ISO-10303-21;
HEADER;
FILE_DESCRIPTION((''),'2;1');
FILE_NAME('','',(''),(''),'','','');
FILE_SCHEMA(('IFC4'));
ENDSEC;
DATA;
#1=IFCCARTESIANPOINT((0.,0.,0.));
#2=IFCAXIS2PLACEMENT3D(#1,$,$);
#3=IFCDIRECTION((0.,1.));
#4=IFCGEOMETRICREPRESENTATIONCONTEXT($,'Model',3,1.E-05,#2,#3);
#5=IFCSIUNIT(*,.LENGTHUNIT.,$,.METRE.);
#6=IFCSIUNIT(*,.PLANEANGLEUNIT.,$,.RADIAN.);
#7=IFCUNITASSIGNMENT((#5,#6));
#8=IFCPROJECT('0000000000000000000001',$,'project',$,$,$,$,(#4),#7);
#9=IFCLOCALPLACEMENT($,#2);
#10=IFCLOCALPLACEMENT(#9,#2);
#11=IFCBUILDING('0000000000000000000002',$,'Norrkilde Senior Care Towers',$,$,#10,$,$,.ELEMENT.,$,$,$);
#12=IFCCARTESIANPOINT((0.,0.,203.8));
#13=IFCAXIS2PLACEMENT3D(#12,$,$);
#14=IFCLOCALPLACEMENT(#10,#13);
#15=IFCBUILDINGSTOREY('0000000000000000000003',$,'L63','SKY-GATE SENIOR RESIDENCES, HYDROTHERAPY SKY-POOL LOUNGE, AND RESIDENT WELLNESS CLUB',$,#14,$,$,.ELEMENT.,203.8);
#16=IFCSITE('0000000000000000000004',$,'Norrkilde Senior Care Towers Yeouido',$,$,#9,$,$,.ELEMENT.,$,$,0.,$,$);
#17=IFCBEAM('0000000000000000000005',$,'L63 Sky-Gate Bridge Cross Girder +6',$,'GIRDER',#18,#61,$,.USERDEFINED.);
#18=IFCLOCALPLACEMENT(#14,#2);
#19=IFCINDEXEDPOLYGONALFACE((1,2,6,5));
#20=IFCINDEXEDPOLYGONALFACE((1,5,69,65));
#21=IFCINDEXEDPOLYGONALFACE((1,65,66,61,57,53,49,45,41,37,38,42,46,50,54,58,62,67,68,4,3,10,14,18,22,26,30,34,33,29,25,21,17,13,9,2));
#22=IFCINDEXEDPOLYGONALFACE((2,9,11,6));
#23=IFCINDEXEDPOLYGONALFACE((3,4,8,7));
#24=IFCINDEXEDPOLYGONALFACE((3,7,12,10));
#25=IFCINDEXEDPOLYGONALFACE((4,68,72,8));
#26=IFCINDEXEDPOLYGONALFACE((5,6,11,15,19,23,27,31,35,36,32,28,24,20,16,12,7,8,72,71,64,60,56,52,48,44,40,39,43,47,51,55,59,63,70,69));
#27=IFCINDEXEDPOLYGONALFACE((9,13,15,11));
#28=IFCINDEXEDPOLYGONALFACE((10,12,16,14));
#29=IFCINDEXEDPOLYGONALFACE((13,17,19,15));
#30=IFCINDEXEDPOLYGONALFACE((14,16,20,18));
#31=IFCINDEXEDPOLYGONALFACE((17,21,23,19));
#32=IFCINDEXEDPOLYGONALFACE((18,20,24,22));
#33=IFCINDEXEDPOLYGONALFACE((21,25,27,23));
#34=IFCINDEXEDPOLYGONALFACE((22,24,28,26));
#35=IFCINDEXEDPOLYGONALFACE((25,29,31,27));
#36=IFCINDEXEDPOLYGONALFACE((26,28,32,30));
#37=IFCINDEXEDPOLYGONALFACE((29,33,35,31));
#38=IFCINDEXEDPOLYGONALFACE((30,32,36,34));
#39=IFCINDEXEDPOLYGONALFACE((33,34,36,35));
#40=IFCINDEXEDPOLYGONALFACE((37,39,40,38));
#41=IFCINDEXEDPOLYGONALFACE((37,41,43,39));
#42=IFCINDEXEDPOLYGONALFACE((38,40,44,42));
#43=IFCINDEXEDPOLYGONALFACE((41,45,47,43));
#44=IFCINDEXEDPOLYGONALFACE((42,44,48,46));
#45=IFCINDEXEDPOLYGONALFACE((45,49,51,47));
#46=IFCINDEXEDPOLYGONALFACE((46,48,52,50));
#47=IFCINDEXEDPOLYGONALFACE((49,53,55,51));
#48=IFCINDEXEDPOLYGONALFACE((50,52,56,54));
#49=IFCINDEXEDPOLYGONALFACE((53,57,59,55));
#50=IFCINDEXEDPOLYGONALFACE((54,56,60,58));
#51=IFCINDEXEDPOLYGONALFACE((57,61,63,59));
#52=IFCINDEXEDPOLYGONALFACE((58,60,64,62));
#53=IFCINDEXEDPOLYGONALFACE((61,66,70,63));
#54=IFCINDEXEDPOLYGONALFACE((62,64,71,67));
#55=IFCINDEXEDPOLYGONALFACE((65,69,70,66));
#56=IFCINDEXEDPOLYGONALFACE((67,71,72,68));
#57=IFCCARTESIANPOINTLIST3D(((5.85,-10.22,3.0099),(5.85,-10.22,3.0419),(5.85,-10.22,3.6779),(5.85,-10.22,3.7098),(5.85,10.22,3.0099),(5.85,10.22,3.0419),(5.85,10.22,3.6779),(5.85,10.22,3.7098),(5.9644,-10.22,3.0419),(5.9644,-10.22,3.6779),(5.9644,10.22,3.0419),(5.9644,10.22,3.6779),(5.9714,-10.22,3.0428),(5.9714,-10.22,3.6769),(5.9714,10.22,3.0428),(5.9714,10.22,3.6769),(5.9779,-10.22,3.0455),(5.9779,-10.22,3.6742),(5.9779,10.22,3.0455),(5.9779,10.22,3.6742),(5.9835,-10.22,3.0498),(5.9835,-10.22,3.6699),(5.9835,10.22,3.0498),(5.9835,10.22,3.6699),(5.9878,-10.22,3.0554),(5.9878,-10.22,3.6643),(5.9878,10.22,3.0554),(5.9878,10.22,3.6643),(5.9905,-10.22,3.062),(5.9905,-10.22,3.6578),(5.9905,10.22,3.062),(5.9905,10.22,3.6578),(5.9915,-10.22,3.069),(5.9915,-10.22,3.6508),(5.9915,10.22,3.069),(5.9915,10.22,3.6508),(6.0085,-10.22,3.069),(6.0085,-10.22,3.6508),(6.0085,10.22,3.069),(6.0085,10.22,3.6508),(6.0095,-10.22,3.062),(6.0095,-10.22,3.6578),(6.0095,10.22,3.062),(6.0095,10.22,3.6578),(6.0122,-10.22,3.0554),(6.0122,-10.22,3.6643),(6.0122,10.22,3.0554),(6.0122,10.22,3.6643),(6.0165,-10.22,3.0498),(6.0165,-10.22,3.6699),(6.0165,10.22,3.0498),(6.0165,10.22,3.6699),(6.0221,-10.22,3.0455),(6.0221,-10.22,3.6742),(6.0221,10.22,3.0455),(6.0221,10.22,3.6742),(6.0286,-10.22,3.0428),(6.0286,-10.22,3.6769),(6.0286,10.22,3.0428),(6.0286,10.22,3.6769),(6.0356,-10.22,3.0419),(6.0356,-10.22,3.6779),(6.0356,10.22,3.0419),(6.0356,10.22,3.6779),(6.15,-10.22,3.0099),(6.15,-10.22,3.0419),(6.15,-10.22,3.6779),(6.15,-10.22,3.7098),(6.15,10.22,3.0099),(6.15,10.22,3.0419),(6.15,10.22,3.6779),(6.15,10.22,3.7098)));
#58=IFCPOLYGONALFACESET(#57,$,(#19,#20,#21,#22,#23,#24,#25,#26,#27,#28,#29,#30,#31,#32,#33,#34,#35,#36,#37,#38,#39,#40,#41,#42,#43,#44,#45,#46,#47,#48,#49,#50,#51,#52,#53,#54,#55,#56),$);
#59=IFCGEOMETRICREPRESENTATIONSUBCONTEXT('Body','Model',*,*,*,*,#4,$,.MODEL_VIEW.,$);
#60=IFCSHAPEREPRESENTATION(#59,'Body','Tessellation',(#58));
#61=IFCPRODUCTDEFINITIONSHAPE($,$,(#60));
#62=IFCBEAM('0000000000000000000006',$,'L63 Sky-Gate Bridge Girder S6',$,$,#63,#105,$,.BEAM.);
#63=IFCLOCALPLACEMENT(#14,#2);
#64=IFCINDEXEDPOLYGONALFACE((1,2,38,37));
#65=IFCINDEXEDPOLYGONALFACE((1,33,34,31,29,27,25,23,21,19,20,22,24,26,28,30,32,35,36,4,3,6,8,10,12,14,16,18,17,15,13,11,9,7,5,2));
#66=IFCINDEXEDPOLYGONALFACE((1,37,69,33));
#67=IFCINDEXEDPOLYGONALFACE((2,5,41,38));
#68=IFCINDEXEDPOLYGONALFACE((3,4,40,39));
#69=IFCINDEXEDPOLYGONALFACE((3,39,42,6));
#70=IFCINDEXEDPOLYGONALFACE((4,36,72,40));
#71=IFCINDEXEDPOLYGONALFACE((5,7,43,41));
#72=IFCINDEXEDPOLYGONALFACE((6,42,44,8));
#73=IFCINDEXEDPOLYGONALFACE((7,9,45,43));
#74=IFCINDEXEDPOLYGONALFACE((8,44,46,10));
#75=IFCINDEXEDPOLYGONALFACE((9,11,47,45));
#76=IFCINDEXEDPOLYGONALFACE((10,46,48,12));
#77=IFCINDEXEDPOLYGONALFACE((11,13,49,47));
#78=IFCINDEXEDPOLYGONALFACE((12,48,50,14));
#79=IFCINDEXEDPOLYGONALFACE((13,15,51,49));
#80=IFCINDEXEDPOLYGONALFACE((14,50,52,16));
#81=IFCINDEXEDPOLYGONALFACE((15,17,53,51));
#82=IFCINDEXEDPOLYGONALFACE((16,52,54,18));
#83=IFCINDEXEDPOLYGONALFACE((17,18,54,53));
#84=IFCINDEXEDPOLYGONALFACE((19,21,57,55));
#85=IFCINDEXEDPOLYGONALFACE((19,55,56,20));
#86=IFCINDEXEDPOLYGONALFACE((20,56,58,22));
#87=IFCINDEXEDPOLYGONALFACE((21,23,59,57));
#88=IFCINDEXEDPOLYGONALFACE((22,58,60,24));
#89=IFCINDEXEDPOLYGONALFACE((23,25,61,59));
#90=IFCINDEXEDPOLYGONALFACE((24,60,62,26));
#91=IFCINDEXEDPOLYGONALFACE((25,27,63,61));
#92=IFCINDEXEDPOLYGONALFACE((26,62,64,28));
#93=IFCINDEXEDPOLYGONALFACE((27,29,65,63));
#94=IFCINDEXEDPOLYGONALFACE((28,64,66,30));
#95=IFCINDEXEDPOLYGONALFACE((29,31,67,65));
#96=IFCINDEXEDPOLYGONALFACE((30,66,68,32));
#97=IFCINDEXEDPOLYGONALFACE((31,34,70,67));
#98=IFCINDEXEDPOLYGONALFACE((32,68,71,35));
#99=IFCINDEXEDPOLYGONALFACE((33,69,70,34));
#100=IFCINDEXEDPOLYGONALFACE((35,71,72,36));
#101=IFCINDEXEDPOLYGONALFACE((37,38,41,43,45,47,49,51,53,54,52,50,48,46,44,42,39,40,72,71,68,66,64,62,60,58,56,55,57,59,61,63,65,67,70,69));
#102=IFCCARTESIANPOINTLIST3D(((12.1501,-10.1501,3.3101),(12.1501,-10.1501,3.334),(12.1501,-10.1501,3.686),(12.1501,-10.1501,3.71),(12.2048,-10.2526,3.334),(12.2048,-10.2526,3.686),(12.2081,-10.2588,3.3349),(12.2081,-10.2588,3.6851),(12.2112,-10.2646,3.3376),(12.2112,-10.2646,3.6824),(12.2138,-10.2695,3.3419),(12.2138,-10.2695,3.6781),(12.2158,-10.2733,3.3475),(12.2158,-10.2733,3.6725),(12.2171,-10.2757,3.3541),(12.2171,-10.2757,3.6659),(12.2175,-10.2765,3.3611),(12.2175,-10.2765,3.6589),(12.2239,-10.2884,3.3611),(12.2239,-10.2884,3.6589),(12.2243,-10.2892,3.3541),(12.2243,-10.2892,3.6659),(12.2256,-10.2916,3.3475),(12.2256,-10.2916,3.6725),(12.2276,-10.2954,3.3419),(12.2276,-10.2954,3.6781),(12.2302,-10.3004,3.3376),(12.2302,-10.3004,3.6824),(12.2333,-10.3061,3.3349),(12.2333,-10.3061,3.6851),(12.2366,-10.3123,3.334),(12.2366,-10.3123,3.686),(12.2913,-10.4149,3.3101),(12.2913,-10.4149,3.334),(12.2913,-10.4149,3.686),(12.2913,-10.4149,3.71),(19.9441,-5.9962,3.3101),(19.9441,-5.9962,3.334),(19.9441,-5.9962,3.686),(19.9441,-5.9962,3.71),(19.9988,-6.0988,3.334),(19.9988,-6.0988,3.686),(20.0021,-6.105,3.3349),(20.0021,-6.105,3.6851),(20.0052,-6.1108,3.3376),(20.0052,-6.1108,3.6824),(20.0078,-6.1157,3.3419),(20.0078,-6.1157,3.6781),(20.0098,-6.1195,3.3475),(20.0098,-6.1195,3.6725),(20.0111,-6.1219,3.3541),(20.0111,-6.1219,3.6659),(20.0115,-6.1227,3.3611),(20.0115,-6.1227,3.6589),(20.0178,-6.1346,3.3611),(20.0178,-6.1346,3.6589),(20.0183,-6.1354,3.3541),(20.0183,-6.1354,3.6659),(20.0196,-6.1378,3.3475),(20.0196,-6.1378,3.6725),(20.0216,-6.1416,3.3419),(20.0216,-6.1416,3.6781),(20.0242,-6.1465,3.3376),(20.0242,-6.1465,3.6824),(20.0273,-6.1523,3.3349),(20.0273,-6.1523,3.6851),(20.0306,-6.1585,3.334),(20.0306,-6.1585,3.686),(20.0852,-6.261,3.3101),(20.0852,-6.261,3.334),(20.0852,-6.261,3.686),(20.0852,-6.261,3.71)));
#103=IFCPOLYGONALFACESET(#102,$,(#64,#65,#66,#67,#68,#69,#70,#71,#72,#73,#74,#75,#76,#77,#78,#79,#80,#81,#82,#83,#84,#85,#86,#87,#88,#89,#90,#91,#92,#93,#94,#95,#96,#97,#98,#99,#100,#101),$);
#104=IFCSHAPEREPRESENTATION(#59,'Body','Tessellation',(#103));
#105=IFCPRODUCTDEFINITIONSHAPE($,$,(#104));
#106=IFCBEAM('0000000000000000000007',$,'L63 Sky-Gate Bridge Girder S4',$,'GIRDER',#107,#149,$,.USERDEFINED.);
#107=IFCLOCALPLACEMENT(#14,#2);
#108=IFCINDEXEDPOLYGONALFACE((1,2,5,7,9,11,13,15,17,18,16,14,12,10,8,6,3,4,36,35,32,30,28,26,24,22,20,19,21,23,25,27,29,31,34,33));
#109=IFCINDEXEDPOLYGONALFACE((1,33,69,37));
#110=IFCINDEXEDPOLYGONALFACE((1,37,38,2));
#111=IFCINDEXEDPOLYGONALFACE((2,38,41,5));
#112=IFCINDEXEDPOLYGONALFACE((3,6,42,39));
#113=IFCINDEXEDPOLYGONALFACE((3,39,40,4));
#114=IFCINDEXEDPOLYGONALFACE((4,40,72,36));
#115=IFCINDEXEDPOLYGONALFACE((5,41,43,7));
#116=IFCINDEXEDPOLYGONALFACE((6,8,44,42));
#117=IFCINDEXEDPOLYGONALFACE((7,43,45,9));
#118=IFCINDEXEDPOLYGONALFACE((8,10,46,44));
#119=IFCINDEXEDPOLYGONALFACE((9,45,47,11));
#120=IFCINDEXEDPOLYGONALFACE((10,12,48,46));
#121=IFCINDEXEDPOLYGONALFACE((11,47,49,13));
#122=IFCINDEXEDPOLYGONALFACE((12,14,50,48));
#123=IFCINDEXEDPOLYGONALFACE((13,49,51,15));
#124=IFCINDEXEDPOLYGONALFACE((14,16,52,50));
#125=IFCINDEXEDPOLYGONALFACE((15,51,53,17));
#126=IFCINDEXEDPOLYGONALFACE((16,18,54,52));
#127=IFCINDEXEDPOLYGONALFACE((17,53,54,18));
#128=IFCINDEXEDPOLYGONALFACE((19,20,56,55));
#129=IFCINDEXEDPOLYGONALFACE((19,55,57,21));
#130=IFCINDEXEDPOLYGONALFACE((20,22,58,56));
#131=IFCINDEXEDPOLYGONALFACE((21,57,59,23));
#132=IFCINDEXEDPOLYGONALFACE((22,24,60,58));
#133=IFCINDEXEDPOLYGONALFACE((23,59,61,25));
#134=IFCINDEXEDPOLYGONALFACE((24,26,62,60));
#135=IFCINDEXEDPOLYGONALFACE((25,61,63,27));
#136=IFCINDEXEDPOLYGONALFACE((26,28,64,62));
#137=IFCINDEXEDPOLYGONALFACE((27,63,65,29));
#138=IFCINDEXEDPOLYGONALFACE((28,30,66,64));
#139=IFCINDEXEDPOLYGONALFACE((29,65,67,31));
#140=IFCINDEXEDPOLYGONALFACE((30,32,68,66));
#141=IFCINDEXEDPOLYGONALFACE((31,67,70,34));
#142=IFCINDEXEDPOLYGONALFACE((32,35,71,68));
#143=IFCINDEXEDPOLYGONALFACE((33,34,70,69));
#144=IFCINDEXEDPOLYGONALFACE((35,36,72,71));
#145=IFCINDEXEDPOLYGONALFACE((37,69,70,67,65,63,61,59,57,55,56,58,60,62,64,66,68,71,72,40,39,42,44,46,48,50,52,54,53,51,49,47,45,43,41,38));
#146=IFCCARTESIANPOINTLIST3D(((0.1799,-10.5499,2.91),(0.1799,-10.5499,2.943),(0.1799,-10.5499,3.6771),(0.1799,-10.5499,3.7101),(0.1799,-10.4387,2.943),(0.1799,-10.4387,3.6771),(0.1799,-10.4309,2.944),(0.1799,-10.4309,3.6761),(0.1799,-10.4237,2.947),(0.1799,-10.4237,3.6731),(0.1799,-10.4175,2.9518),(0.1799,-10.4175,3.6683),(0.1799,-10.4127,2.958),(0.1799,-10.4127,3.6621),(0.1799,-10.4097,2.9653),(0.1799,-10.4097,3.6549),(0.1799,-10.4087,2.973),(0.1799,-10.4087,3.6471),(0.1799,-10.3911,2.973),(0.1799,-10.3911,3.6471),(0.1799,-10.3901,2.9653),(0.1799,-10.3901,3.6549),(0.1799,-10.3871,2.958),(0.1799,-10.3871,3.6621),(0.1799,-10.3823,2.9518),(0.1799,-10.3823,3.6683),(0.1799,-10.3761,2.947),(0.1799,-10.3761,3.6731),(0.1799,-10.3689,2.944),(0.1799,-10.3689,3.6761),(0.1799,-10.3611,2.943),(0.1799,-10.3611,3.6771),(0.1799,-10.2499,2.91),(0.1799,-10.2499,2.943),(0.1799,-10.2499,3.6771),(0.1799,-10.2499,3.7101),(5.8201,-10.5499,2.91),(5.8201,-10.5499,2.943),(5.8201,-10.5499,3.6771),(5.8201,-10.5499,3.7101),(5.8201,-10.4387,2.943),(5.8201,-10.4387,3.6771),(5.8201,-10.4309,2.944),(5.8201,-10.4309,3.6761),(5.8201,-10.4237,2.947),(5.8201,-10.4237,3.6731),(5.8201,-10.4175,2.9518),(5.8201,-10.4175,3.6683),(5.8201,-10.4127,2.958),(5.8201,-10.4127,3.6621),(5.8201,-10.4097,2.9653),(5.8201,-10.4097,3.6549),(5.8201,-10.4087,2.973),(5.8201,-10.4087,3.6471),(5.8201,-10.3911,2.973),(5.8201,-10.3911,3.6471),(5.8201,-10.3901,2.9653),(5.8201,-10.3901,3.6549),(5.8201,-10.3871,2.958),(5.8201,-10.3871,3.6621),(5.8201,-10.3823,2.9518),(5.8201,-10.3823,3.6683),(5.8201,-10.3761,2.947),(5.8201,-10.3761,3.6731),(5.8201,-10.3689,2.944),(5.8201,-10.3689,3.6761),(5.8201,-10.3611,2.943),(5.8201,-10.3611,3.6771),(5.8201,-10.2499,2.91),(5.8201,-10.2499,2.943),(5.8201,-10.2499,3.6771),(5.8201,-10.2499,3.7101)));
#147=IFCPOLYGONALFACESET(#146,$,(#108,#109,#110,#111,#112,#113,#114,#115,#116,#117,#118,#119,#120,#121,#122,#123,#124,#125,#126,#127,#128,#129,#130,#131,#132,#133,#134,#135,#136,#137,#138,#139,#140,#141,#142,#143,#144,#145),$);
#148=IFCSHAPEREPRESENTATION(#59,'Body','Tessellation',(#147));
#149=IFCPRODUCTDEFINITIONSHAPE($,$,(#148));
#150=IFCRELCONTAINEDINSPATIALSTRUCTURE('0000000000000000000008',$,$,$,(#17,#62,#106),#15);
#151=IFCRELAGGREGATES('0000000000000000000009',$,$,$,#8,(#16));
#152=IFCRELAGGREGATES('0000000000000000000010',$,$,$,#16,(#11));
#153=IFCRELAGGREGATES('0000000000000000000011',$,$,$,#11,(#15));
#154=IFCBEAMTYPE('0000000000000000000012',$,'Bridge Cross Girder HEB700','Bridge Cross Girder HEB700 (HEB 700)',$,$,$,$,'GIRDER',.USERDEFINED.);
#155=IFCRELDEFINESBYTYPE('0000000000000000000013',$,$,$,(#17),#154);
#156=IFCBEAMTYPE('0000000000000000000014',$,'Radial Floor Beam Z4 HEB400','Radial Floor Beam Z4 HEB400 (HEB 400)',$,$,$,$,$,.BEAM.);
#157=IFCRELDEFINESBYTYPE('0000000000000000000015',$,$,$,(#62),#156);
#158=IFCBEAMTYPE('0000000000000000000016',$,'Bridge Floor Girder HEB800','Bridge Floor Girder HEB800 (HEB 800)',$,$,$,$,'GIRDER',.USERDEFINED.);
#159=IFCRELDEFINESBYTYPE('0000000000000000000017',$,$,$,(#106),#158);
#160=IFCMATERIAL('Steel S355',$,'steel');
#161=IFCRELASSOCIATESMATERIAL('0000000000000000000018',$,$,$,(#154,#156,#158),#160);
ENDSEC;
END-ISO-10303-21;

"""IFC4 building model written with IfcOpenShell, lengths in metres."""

from ifc_helpers import new_model, si_unit, direction, frame, origin, origin_2d, place, context, subcontext, project, spatial, i_section, extrude, source, transform, mapped, material, material_profile, profile_set, type_object, type_shapes, element, save


model = new_model("IFC4")

# Units and contexts
model_context = context("Model", 3, precision=1e-05, world=origin(), true_north=direction((0.0, 1.0)))
body_context = subcontext(model_context, "Body", "Model", "MODEL_VIEW")
ifc_project = project(units=[si_unit("LENGTHUNIT", "METRE"), si_unit("PLANEANGLEUNIT", "RADIAN")], contexts=[model_context])

# Site, building, storey
site_placement = place(None, origin())
site = spatial("IfcSite", under=ifc_project, at=site_placement, Name="Norrkilde Senior Care Towers Yeouido", CompositionType="ELEMENT", RefElevation=0.0)
building_placement = place(site_placement, origin())
building = spatial("IfcBuilding", under=site, at=building_placement, Name="Norrkilde Senior Care Towers", CompositionType="ELEMENT")
storey_placement = place(building_placement, frame((0.0, 0.0, 203.8)))
storey = spatial("IfcBuildingStorey", under=building, at=storey_placement, Name="L63", Description="SKY-GATE SENIOR RESIDENCES, HYDROTHERAPY SKY-POOL LOUNGE, AND RESIDENT WELLNESS CLUB", CompositionType="ELEMENT", Elevation=203.8)

# Shared definitions
ifc_material_1 = material(Name="Steel S355", Category="steel")

# Beams
ifc_material_profile_1 = material_profile(ifc_material_1, i_section(OverallWidth=0.3, OverallDepth=0.7, WebThickness=0.0171, FlangeThickness=0.032, FilletRadius=0.0271, at=origin_2d()), Name="HEB 700")
ifc_profile_set_1 = profile_set([ifc_material_profile_1], Name="Steel S355")
beam_type_1 = type_object("IfcBeamType", Name="Bridge Cross Girder HEB700", Description="Bridge Cross Girder HEB700 (HEB 700)", ElementType="GIRDER", PredefinedType="USERDEFINED", material=ifc_profile_set_1)
shared_shape_1 = source(origin(), body_context, "Body", "SweptSolid", [
    extrude(i_section(OverallWidth=0.3, OverallDepth=0.7, WebThickness=0.0171, FlangeThickness=0.032, FilletRadius=0.0271, at=origin_2d()), origin(), (0.0, 0.0, 1.0), 20.4399),
])
beam_1_placement = place(storey_placement, frame((6.0, -10.22, 3.3599), z_axis=(0.0, 1.0, 0.0), x_axis=(-1.0, 0.0, 0.0)))
element("IfcBeam", 1, at=beam_1_placement, inside=storey, type_object=beam_type_1, Name="L63 Sky-Gate Bridge Cross Girder +6", ObjectType="GIRDER", PredefinedType="USERDEFINED", context=body_context, shape_type="MappedRepresentation", body=[
    mapped(shared_shape_1, transform((0.0, 0.0, 0.0), x_axis=(1.0, 0.0, 0.0), y_axis=(0.0, 1.0, 0.0), z_axis=(0.0, 0.0, 1.0), scale=1.0)),
])
ifc_material_profile_2 = material_profile(ifc_material_1, i_section(OverallWidth=0.3, OverallDepth=0.3999, WebThickness=0.0134, FlangeThickness=0.0239, FilletRadius=0.0271, at=origin_2d()), Name="HEB 400")
ifc_profile_set_2 = profile_set([ifc_material_profile_2], Name="Steel S355")
beam_type_2 = type_object("IfcBeamType", Name="Radial Floor Beam Z4 HEB400", Description="Radial Floor Beam Z4 HEB400 (HEB 400)", PredefinedType="BEAM", material=ifc_profile_set_2)
shared_shape_2 = source(origin(), body_context, "Body", "SweptSolid", [
    extrude(i_section(OverallWidth=0.3, OverallDepth=0.3999, WebThickness=0.0134, FlangeThickness=0.0239, FilletRadius=0.0271, at=origin_2d()), origin(), (0.0, 0.0, 1.0), 8.8318),
])
type_shapes(beam_type_2, [shared_shape_2])
beam_2_placement = place(storey_placement, frame((12.2207, -10.2825, 3.51), z_axis=(0.882492, 0.470327, 0.0), x_axis=(-0.470327, 0.882492, 0.0)))
element("IfcBeam", 2, at=beam_2_placement, inside=storey, type_object=beam_type_2, Name="L63 Sky-Gate Bridge Girder S6", PredefinedType="BEAM", context=body_context, shape_type="MappedRepresentation", body=[
    mapped(shared_shape_2, transform((0.0, 0.0, 0.0), x_axis=(1.0, 0.0, 0.0), y_axis=(0.0, 1.0, 0.0), z_axis=(0.0, 0.0, 1.0), scale=1.0)),
])
ifc_material_profile_3 = material_profile(ifc_material_1, i_section(OverallWidth=0.3, OverallDepth=0.8, WebThickness=0.0176, FlangeThickness=0.033, FilletRadius=0.03, at=origin_2d()), Name="HEB 800")
ifc_profile_set_3 = profile_set([ifc_material_profile_3], Name="Steel S355")
beam_type_3 = type_object("IfcBeamType", Name="Bridge Floor Girder HEB800", Description="Bridge Floor Girder HEB800 (HEB 800)", ElementType="GIRDER", PredefinedType="USERDEFINED", material=ifc_profile_set_3)
shared_shape_3 = source(origin(), body_context, "Body", "SweptSolid", [
    extrude(i_section(OverallWidth=0.3, OverallDepth=0.8, WebThickness=0.0176, FlangeThickness=0.033, FilletRadius=0.03, at=origin_2d()), origin(), (0.0, 0.0, 1.0), 5.6401),
])
type_shapes(beam_type_3, [shared_shape_3])
for number, where, z_axis, x_axis, name in (
    (3, (0.1799, -10.3999, 3.3101), (1.0, 0.0, 0.0), (0.0, 1.0, 0.0), "L63 Sky-Gate Bridge Girder S4"),
):
    element("IfcBeam", number, at=place(storey_placement, frame(where, z_axis=z_axis, x_axis=x_axis)), inside=storey, type_object=beam_type_3, Name=name, ObjectType="GIRDER", PredefinedType="USERDEFINED", context=body_context, shape_type="MappedRepresentation", body=[
        mapped(shared_shape_3, transform((0.0, 0.0, 0.0), x_axis=(1.0, 0.0, 0.0), y_axis=(0.0, 1.0, 0.0), z_axis=(0.0, 0.0, 1.0), scale=1.0)),
    ])

save(model, "model.ifc")
